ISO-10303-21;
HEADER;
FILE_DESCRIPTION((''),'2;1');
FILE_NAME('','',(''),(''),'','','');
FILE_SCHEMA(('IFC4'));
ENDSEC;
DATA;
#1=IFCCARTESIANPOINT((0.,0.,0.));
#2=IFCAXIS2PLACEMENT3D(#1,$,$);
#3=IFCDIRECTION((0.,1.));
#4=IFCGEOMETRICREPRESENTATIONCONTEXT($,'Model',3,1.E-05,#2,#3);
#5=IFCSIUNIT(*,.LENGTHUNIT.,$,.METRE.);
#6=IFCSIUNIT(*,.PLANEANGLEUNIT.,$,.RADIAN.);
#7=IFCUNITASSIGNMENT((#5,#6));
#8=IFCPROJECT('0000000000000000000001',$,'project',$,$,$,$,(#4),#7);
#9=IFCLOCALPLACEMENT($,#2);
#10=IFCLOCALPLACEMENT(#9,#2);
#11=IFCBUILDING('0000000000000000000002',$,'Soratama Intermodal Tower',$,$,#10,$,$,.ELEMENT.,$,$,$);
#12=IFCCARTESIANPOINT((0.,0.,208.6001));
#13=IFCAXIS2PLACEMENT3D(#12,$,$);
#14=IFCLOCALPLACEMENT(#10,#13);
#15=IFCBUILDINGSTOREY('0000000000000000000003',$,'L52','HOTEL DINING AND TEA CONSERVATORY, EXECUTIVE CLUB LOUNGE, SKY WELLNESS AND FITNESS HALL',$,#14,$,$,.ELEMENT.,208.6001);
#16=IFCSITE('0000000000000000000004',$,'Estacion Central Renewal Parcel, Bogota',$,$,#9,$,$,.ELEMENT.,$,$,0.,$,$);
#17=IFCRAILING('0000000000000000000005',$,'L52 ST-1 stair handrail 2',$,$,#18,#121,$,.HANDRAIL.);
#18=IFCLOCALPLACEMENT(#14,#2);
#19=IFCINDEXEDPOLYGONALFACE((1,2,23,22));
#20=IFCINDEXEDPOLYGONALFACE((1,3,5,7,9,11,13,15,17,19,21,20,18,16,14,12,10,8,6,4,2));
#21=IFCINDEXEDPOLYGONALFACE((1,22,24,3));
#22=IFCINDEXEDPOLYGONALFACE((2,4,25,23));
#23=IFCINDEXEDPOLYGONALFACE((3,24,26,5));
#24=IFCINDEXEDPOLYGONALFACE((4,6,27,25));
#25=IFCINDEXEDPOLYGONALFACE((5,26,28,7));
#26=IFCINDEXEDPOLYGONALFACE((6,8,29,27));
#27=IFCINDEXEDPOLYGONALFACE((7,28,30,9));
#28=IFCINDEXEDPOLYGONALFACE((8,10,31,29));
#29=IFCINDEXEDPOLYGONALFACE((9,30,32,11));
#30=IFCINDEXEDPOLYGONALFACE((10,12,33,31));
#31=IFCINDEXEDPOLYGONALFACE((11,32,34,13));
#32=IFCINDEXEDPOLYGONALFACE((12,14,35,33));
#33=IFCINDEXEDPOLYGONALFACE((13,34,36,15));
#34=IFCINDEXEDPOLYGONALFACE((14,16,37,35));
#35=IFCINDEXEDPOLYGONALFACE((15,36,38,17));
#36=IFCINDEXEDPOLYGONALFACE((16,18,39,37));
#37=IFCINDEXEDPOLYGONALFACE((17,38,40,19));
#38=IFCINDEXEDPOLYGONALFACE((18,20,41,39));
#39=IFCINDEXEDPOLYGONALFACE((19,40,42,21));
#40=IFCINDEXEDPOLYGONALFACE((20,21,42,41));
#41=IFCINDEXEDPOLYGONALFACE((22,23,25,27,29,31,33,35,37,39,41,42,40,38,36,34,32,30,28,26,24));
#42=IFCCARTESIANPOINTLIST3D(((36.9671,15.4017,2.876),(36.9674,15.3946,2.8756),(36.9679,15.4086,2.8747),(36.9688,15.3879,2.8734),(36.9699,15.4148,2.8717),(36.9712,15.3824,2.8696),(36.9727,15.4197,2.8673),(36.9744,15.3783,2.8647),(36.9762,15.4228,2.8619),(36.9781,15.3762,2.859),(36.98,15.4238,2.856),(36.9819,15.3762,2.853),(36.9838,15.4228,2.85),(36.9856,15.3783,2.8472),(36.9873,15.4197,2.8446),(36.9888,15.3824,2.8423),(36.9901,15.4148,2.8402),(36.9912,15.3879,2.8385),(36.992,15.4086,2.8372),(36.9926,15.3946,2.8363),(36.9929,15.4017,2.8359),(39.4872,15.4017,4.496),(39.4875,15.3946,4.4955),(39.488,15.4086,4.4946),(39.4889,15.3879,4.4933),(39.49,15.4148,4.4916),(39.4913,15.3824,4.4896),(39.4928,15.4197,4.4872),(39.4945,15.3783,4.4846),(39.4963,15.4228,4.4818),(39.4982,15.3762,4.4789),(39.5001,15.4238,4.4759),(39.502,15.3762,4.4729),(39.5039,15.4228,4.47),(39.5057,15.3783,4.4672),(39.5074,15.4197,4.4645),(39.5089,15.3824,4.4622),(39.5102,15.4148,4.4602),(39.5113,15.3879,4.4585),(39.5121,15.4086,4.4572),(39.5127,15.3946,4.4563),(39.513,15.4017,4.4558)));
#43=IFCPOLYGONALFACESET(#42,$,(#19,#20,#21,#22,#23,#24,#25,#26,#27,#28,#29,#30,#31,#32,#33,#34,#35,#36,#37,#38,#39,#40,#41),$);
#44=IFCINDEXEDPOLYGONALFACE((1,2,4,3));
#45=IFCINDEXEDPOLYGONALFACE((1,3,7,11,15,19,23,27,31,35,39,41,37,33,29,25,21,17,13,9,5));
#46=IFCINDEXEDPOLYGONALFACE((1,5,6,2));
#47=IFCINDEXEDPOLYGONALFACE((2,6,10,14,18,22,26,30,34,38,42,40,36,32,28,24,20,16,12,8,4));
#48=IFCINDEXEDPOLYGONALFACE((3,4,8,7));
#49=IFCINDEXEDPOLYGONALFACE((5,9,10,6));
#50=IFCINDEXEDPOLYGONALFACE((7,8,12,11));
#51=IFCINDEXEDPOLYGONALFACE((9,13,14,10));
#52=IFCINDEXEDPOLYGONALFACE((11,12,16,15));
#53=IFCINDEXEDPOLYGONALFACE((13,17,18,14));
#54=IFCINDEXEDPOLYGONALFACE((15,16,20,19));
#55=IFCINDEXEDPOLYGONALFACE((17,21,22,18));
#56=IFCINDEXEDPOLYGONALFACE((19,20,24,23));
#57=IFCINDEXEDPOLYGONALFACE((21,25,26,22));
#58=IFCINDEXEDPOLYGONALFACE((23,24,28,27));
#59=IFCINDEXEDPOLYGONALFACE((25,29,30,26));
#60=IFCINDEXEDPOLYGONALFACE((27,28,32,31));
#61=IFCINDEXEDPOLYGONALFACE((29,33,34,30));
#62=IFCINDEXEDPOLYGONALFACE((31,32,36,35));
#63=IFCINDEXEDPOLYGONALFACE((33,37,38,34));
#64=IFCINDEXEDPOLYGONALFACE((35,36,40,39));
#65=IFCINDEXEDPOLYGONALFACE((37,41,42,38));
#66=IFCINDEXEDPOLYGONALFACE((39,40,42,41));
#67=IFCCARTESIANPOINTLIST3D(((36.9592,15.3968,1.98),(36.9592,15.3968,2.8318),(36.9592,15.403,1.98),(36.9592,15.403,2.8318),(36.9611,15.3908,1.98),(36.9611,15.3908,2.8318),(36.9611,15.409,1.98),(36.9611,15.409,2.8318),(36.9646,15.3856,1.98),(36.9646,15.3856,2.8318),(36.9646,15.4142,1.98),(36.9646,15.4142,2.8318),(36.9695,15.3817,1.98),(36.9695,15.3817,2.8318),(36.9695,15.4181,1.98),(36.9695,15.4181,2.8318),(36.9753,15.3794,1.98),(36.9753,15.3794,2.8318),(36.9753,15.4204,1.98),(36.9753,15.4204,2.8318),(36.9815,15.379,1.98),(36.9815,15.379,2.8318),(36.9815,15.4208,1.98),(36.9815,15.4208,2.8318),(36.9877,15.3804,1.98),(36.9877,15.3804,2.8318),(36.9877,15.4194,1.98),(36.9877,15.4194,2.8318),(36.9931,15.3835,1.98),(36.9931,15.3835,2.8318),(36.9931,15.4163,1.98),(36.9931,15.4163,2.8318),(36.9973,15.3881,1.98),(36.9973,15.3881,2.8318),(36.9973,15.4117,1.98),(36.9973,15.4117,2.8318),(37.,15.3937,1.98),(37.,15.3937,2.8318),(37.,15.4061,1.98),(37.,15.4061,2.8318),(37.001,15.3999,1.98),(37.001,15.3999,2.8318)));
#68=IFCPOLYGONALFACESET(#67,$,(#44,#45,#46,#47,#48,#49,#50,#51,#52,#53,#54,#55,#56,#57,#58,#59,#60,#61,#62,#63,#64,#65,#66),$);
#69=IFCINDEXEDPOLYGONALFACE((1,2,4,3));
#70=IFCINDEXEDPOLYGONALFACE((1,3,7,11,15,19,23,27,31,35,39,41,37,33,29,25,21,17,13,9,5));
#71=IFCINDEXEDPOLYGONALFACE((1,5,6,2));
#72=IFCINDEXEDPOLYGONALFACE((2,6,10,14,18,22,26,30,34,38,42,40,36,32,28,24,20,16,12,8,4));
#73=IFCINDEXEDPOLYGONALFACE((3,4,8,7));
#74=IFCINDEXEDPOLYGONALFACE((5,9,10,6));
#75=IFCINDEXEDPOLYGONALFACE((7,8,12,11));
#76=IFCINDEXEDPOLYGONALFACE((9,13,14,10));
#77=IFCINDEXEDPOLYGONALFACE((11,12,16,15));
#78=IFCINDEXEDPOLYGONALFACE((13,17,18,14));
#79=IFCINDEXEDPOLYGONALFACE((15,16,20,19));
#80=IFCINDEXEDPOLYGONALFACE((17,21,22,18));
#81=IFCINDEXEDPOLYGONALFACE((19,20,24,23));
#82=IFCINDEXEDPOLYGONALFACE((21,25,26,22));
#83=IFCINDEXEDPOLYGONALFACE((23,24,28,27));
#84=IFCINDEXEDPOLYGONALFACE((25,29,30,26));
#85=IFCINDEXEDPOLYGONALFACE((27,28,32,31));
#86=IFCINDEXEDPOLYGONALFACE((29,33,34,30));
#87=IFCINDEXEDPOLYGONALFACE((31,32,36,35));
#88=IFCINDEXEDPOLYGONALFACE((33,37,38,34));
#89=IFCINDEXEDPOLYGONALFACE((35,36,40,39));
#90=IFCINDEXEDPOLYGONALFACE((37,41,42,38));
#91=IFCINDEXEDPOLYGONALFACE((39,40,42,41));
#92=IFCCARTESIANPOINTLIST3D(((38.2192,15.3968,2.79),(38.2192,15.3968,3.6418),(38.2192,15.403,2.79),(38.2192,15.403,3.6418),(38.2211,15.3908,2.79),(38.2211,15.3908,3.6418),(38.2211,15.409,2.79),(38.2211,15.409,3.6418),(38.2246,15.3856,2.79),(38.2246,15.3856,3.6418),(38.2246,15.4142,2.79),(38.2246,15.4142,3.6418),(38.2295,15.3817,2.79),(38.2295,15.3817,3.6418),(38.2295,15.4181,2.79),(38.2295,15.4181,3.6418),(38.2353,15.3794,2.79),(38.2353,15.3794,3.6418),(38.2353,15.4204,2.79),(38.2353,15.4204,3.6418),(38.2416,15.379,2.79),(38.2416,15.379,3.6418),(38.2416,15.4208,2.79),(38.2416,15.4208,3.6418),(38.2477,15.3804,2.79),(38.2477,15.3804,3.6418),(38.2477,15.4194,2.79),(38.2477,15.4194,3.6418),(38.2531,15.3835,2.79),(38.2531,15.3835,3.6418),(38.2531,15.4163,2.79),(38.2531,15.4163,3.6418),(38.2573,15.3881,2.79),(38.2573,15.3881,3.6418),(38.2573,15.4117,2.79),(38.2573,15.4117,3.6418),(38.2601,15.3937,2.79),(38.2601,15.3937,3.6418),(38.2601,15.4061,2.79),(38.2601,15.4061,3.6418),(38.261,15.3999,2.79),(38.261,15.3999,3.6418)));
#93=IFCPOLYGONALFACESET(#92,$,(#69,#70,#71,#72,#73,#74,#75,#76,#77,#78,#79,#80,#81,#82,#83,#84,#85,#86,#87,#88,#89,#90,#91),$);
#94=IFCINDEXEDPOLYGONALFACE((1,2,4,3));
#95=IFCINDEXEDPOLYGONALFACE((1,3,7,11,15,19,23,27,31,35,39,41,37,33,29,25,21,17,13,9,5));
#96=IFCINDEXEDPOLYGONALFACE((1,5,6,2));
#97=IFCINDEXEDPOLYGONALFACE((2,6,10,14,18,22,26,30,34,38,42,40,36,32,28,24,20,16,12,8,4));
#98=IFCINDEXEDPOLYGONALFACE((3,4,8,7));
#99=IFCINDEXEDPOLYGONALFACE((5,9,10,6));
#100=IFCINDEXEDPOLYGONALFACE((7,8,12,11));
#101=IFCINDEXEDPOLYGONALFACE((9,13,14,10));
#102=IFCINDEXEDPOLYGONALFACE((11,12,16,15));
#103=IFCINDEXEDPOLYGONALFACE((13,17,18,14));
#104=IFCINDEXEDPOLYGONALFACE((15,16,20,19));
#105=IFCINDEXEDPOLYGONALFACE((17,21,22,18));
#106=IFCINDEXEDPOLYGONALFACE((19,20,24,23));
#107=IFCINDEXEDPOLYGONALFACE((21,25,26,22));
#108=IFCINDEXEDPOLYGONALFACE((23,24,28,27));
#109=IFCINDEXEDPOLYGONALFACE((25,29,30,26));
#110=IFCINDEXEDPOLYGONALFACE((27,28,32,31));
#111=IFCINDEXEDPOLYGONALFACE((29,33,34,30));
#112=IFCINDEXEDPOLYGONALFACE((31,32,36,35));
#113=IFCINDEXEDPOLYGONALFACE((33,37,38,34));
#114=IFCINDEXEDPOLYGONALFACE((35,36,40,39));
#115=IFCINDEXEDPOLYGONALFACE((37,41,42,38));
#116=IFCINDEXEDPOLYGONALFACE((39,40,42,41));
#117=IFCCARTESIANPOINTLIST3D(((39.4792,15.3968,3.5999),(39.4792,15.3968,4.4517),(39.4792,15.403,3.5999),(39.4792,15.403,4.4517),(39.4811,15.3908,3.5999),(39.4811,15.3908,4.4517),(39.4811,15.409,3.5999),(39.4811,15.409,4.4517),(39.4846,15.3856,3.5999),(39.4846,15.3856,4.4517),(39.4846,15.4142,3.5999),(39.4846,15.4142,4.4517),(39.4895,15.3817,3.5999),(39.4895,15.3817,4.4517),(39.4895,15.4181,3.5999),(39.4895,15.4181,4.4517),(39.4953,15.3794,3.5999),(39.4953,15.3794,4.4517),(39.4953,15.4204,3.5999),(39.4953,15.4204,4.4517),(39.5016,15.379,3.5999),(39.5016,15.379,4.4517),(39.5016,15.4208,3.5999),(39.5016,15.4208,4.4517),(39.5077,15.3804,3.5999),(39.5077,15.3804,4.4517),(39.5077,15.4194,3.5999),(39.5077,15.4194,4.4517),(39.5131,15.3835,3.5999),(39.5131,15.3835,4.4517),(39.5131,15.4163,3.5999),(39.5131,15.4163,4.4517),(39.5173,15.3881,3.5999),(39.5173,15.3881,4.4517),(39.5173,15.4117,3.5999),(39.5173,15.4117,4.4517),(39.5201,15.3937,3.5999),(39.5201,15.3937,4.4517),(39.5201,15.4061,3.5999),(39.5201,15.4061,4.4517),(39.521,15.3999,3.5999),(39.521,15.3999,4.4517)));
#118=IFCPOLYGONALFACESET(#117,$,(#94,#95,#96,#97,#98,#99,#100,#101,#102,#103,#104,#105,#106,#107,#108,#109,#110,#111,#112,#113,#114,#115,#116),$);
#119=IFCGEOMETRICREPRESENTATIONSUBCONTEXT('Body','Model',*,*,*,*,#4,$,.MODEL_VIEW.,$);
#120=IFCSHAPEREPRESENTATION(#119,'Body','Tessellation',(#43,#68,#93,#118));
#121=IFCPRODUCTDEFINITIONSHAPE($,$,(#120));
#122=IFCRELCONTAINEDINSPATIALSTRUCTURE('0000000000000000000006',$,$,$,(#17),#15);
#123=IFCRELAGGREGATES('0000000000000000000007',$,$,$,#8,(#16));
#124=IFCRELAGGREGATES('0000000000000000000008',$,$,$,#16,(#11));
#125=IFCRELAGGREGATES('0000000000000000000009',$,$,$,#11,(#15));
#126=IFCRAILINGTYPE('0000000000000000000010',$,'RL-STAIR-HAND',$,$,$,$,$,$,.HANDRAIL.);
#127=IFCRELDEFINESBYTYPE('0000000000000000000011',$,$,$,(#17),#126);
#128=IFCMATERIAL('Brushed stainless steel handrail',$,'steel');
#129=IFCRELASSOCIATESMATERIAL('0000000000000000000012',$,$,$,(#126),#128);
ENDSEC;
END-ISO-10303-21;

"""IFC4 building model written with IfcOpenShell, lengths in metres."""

from ifc_helpers import new_model, si_unit, direction, frame, origin, origin_2d, place, context, subcontext, project, spatial, circle, extrude, material, type_object, element, save


model = new_model("IFC4")

# Units and contexts
model_context = context("Model", 3, precision=1e-05, world=origin(), true_north=direction((0.0, 1.0)))
body_context = subcontext(model_context, "Body", "Model", "MODEL_VIEW")
ifc_project = project(units=[si_unit("LENGTHUNIT", "METRE"), si_unit("PLANEANGLEUNIT", "RADIAN")], contexts=[model_context])

# Site, building, storey
site_placement = place(None, origin())
site = spatial("IfcSite", under=ifc_project, at=site_placement, Name="Estacion Central Renewal Parcel, Bogota", CompositionType="ELEMENT", RefElevation=0.0)
building_placement = place(site_placement, origin())
building = spatial("IfcBuilding", under=site, at=building_placement, Name="Soratama Intermodal Tower", CompositionType="ELEMENT")
storey_placement = place(building_placement, frame((0.0, 0.0, 208.6001)))
storey = spatial("IfcBuildingStorey", under=building, at=storey_placement, Name="L52", Description="HOTEL DINING AND TEA CONSERVATORY, EXECUTIVE CLUB LOUNGE, SKY WELLNESS AND FITNESS HALL", CompositionType="ELEMENT", Elevation=208.6001)

# Railing
ifc_material_1 = material(Name="Brushed stainless steel handrail", Category="steel")
railing_type_1 = type_object("IfcRailingType", Name="RL-STAIR-HAND", PredefinedType="HANDRAIL", material=ifc_material_1)
railing_1_placement = place(storey_placement, frame((36.98, 15.3999, 1.98)))
element("IfcRailing", 1, at=railing_1_placement, inside=storey, type_object=railing_type_1, Name="L52 ST-1 stair handrail 2", PredefinedType="HANDRAIL", context=body_context, shape_type="SweptSolid", body=[
    extrude(circle(Radius=0.0239, at=origin_2d()), frame((0.0, 0.0, 0.876), z_axis=(0.8412, 0.0, 0.540725), x_axis=(0.0, 1.0, 0.0)), (0.0, 0.0, 1.0), 2.9958),
    extrude(circle(Radius=0.021, at=origin_2d()), origin(), (0.0, 0.0, 1.0), 0.8518),
    extrude(circle(Radius=0.021, at=origin_2d()), frame((1.26, 0.0, 0.8101)), (0.0, 0.0, 1.0), 0.8518),
    extrude(circle(Radius=0.021, at=origin_2d()), frame((2.52, 0.0, 1.6199)), (0.0, 0.0, 1.0), 0.8518),
])

save(model, "model.ifc")
